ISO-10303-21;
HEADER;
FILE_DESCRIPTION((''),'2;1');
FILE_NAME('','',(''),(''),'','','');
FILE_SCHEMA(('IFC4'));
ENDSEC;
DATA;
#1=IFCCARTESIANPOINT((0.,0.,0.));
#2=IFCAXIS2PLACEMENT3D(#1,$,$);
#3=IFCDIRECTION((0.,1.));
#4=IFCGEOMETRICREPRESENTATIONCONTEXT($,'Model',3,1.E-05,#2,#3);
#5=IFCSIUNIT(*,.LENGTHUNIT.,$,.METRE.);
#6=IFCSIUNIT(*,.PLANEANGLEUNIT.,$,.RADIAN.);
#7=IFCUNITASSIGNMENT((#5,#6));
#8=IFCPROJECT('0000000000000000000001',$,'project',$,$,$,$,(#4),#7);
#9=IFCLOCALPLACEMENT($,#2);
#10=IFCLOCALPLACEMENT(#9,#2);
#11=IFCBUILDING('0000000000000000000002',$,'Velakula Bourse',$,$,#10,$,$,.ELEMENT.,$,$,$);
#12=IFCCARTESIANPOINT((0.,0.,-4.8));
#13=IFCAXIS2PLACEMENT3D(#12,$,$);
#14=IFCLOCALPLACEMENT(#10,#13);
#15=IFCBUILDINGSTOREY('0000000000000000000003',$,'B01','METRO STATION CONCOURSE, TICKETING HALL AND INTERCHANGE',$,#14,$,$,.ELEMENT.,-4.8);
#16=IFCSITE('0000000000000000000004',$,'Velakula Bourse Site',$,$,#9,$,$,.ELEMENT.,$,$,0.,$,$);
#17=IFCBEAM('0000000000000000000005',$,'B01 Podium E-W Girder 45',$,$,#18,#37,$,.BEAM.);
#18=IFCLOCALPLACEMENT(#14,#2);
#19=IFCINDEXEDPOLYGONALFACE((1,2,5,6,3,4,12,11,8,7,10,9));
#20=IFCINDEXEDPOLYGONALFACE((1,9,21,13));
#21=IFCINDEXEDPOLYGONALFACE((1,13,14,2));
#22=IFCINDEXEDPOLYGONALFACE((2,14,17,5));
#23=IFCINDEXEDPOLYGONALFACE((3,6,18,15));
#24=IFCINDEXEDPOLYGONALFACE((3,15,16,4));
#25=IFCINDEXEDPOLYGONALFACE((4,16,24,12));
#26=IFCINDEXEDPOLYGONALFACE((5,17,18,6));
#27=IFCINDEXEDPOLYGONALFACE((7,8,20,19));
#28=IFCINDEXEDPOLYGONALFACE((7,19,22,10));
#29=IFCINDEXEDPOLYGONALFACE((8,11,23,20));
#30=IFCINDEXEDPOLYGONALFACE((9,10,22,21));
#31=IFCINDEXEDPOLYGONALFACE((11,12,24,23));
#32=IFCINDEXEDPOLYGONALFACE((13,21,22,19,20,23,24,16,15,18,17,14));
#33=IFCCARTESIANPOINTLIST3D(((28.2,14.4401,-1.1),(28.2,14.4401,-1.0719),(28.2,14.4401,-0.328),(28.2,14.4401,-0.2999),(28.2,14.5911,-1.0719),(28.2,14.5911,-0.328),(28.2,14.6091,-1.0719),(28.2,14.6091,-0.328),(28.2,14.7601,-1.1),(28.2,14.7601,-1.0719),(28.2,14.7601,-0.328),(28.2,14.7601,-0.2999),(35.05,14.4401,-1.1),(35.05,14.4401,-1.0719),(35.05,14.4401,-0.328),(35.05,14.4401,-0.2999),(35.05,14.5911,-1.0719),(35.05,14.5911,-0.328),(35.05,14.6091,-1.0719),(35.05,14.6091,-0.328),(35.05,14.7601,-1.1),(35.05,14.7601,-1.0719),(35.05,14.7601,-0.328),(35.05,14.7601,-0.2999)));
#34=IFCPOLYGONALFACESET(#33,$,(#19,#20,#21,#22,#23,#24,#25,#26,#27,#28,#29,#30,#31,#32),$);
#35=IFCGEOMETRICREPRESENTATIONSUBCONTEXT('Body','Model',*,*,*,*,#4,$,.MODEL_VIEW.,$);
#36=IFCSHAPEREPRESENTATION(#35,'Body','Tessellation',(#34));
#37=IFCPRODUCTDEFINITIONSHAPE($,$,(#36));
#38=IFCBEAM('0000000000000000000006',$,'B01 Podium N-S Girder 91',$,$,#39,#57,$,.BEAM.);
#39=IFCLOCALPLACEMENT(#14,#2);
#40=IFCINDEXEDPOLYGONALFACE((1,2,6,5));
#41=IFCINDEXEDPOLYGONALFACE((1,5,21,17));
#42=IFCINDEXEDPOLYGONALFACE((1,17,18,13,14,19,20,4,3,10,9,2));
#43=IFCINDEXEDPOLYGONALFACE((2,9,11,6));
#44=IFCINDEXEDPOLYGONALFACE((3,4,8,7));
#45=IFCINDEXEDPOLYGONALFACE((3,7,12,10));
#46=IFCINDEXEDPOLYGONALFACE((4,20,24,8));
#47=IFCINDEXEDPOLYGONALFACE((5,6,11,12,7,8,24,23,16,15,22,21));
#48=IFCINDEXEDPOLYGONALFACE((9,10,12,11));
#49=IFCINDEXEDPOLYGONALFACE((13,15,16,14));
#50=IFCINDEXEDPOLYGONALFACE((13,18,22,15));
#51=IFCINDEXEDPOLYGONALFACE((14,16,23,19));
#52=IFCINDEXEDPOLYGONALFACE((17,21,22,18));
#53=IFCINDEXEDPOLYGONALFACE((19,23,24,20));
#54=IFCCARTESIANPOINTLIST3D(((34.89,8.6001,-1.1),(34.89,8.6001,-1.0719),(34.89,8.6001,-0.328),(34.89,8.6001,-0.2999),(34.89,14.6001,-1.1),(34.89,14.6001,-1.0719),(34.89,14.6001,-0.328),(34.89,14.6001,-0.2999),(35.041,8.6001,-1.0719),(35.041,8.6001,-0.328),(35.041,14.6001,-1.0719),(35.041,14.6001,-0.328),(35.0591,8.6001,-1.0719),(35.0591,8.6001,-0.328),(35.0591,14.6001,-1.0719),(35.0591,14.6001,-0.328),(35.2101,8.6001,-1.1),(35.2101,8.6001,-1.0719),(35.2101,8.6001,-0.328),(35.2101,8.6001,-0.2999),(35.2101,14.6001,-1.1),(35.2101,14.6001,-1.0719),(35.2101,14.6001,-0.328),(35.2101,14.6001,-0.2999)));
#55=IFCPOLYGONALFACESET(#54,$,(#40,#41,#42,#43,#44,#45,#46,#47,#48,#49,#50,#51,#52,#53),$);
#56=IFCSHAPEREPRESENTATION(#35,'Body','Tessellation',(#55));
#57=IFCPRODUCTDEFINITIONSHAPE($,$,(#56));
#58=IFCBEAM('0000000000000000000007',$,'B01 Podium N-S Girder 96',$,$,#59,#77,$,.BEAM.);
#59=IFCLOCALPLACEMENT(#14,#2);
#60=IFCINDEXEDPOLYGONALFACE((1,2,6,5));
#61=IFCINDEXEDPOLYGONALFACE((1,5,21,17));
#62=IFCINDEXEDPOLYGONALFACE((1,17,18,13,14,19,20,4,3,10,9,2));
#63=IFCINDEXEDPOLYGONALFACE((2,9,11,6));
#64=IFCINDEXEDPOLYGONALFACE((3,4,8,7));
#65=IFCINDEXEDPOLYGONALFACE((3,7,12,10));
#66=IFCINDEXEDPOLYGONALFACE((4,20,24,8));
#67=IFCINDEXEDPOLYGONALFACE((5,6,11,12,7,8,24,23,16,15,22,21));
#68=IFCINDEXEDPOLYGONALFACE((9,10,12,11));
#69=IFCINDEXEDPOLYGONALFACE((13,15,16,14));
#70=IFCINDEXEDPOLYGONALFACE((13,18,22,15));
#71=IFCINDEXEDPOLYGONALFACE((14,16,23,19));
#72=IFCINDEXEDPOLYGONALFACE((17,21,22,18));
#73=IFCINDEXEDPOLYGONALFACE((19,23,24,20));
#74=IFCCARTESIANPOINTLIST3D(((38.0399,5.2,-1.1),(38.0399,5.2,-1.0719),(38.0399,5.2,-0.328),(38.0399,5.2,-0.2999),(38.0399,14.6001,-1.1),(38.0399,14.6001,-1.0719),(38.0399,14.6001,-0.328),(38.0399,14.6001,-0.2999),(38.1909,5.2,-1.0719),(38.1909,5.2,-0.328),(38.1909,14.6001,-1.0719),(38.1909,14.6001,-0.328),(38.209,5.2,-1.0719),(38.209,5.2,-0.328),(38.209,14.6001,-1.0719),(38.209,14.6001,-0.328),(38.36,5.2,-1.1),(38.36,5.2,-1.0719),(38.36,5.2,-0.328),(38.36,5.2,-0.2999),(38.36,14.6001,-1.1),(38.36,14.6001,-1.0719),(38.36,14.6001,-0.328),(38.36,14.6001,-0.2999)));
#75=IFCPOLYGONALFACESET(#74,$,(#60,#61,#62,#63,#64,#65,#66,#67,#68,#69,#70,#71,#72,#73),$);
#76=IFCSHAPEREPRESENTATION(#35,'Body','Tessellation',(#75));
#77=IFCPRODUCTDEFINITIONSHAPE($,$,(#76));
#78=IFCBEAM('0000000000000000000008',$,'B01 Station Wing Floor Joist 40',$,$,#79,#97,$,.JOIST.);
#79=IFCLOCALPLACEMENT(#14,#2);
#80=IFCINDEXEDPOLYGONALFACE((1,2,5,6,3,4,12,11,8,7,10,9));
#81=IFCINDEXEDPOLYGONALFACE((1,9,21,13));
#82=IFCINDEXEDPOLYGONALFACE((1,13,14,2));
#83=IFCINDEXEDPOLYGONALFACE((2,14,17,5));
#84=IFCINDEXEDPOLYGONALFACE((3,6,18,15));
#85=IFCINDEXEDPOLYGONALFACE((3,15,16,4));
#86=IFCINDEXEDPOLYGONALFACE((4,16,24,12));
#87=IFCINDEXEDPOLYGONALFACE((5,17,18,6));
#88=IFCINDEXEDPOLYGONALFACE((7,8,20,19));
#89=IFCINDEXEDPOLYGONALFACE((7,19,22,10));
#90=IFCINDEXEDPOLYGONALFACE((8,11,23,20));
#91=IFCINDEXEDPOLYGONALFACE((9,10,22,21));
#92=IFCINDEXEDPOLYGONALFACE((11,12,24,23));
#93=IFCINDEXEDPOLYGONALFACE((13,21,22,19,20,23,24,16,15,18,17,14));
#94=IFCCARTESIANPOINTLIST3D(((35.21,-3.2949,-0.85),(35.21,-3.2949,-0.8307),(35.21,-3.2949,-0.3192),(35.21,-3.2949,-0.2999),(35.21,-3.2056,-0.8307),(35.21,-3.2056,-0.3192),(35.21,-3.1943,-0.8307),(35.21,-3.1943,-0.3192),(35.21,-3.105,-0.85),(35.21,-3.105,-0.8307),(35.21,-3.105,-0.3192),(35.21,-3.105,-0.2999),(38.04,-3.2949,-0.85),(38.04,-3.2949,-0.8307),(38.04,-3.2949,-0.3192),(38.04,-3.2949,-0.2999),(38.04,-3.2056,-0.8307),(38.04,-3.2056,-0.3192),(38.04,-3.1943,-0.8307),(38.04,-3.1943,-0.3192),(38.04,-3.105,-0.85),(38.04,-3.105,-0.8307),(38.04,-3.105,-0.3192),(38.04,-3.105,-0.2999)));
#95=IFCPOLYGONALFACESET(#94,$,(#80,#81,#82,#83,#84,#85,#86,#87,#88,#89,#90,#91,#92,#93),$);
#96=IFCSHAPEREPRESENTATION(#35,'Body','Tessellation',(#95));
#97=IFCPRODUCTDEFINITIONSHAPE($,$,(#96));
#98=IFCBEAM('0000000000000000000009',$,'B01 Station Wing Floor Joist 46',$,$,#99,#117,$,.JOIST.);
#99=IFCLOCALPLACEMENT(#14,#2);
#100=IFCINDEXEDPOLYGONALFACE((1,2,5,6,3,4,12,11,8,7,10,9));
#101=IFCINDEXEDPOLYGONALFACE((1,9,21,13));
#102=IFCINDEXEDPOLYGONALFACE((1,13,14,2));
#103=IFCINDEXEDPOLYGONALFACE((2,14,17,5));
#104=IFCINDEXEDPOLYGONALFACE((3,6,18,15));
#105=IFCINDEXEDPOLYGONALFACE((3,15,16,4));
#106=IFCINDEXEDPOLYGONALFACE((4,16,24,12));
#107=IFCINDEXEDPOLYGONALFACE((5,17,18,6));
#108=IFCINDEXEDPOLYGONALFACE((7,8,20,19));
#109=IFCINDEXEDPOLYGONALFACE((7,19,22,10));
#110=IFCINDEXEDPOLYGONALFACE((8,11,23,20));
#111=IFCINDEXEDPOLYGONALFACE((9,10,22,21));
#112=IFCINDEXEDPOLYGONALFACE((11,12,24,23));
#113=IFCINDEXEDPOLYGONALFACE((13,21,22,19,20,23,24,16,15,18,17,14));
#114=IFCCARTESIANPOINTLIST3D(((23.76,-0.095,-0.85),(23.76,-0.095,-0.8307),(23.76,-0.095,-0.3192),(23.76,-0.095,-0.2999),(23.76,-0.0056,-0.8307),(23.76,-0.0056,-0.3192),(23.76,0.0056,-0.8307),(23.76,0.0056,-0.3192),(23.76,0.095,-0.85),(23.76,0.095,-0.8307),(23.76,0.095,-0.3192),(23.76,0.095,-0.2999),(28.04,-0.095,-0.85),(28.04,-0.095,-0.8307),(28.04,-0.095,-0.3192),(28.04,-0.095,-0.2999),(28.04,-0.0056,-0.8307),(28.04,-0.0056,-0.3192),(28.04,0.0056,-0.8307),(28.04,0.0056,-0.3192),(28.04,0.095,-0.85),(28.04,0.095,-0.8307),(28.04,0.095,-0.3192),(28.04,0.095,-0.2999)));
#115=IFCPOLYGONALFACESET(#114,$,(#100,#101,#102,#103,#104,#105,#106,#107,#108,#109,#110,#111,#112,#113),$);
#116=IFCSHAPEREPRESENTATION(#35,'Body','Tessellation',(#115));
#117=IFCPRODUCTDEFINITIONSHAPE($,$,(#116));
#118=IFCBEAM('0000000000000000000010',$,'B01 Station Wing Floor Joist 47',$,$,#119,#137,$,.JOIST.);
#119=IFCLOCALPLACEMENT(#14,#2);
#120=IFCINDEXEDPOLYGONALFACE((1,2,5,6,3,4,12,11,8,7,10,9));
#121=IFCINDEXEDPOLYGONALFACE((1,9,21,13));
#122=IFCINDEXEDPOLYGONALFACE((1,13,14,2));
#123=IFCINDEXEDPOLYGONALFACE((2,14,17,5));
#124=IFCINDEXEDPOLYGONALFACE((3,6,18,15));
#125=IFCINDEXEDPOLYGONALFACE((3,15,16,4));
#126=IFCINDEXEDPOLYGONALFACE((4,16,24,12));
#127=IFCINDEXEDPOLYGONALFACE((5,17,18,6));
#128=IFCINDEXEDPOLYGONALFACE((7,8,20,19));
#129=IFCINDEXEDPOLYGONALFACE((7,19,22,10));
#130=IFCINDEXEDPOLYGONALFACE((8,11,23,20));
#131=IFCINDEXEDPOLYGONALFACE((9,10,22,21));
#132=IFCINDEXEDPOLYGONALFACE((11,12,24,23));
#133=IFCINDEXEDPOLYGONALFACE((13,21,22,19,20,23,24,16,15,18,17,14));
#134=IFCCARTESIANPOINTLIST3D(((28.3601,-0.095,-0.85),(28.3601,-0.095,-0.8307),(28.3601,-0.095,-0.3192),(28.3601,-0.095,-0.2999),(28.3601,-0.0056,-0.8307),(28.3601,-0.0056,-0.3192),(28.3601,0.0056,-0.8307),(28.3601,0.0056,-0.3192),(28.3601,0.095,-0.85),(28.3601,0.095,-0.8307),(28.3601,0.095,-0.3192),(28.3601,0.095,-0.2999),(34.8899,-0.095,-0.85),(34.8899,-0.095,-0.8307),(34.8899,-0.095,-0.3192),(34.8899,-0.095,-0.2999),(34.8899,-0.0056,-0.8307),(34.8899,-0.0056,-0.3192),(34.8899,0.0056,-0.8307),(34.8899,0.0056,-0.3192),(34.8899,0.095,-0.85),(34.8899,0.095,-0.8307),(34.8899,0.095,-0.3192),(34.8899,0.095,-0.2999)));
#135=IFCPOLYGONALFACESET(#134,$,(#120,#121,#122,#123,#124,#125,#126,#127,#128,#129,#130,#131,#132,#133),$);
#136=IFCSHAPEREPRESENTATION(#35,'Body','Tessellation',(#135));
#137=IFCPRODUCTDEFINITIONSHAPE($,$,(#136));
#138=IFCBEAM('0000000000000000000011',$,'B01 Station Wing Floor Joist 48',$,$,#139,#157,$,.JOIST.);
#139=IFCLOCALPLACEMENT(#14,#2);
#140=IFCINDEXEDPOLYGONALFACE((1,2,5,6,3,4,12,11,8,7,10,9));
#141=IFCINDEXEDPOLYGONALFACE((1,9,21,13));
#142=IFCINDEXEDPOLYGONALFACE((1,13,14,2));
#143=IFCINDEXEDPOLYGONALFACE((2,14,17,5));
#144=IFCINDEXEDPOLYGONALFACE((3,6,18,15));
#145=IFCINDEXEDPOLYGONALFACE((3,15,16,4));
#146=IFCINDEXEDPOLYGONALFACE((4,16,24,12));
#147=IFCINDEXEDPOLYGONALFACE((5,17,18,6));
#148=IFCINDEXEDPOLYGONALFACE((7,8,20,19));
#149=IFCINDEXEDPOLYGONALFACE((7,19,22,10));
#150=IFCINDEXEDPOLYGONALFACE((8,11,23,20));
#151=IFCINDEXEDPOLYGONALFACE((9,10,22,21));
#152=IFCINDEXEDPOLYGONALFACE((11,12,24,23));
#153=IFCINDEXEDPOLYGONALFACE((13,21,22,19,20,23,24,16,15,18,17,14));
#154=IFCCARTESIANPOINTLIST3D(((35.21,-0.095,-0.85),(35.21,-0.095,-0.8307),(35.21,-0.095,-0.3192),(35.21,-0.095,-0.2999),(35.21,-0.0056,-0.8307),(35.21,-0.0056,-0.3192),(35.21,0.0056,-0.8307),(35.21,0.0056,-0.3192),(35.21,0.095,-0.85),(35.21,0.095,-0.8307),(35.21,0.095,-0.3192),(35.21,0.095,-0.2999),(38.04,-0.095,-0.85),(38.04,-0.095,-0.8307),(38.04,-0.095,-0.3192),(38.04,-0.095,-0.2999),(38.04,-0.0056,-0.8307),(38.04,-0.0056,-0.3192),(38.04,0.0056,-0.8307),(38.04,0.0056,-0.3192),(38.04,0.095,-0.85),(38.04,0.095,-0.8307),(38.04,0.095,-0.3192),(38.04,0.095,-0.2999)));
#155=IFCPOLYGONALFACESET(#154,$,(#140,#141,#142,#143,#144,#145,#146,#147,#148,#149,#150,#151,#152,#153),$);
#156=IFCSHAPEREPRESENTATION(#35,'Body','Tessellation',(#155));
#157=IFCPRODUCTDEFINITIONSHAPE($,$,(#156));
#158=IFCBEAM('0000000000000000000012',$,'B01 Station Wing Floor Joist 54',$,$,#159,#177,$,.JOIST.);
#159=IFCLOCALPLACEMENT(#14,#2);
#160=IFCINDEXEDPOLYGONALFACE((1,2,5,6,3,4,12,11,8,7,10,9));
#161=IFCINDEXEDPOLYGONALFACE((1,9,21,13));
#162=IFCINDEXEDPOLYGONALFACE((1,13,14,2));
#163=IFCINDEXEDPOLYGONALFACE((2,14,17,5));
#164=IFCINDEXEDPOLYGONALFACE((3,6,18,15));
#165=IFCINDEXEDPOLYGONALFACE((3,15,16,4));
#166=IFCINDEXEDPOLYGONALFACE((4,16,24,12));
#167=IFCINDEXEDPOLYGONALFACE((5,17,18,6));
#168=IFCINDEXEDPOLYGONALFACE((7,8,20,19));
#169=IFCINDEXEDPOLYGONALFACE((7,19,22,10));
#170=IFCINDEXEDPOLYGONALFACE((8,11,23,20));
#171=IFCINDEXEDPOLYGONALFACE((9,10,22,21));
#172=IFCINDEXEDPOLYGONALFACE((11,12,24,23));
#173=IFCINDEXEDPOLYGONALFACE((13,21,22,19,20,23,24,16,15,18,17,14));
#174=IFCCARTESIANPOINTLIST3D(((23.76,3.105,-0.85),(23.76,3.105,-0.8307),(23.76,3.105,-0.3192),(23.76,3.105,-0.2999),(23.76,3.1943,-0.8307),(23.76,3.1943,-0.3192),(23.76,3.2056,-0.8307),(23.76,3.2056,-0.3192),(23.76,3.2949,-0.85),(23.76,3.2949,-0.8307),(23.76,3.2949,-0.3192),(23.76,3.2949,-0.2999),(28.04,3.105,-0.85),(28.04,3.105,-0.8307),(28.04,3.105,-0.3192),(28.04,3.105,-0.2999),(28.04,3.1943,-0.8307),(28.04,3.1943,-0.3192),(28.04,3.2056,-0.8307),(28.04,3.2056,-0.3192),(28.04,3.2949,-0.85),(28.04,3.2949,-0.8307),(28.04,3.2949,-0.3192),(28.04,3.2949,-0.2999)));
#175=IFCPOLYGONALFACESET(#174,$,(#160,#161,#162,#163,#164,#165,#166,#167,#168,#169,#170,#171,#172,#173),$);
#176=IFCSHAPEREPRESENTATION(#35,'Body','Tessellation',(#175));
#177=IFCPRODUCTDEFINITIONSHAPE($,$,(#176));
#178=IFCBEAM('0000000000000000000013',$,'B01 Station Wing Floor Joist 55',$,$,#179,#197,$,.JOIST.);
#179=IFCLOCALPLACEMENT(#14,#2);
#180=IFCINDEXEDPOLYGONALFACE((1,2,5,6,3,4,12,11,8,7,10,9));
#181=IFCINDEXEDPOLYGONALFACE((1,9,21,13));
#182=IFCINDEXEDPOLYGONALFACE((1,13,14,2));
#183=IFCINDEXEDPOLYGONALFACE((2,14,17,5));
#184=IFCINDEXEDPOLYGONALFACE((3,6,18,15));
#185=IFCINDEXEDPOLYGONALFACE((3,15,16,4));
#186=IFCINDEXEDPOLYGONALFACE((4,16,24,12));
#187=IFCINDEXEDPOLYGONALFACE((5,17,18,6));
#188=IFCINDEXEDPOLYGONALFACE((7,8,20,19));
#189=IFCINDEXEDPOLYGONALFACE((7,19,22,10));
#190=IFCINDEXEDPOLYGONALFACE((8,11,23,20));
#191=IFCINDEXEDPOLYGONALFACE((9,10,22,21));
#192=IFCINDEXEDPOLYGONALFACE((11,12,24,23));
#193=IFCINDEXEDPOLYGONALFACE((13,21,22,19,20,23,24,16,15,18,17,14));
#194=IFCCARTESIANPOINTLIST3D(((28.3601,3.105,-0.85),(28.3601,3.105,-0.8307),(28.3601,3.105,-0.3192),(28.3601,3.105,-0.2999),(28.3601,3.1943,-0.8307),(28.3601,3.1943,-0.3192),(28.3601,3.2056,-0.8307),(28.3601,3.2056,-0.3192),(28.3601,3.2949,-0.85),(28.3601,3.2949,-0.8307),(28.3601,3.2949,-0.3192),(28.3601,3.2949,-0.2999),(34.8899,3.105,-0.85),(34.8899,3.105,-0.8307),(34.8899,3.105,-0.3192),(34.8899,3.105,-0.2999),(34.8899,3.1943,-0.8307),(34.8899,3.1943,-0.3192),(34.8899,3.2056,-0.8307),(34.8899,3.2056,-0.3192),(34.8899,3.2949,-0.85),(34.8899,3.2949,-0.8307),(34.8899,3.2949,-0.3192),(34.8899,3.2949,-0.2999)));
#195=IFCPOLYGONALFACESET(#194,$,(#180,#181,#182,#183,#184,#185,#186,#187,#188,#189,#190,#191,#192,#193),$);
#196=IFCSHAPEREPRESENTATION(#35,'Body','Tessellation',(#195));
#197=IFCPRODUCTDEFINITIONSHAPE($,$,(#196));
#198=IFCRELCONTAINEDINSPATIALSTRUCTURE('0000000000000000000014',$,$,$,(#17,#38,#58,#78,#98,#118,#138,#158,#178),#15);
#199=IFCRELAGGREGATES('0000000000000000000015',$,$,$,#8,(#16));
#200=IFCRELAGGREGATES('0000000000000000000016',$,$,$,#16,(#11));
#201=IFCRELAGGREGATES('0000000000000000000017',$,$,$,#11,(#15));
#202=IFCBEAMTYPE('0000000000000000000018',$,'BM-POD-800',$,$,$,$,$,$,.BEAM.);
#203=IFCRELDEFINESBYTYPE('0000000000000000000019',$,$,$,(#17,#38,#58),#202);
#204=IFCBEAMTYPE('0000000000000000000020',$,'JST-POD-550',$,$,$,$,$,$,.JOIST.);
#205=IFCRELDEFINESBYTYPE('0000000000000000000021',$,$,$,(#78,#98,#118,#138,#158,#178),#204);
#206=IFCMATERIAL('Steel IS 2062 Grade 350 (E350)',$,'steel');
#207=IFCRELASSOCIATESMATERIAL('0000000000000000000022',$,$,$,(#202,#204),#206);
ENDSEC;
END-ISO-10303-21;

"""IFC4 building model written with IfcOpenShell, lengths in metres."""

from ifc_helpers import new_model, si_unit, direction, frame, origin, origin_2d, place, context, subcontext, project, spatial, i_section, extrude, material, material_profile, profile_set, type_object, element, save


model = new_model("IFC4")

# Units and contexts
model_context = context("Model", 3, precision=1e-05, world=origin(), true_north=direction((0.0, 1.0)))
body_context = subcontext(model_context, "Body", "Model", "MODEL_VIEW")
ifc_project = project(units=[si_unit("LENGTHUNIT", "METRE"), si_unit("PLANEANGLEUNIT", "RADIAN")], contexts=[model_context])

# Site, building, storey
site_placement = place(None, origin())
site = spatial("IfcSite", under=ifc_project, at=site_placement, Name="Velakula Bourse Site", CompositionType="ELEMENT", RefElevation=0.0)
building_placement = place(site_placement, origin())
building = spatial("IfcBuilding", under=site, at=building_placement, Name="Velakula Bourse", CompositionType="ELEMENT")
storey_placement = place(building_placement, frame((0.0, 0.0, -4.8)))
storey = spatial("IfcBuildingStorey", under=building, at=storey_placement, Name="B01", Description="METRO STATION CONCOURSE, TICKETING HALL AND INTERCHANGE", CompositionType="ELEMENT", Elevation=-4.8)

# Beams
ifc_material_1 = material(Name="Steel IS 2062 Grade 350 (E350)", Category="steel")
ifc_material_profile_1 = material_profile(ifc_material_1, i_section(OverallWidth=0.3201, OverallDepth=0.8, WebThickness=0.0181, FlangeThickness=0.0281, at=origin_2d()), Name="Steel IS 2062 Grade 350 (E350)")
ifc_profile_set_1 = profile_set([ifc_material_profile_1], Name="Steel IS 2062 Grade 350 (E350)")
beam_type_1 = type_object("IfcBeamType", Name="BM-POD-800", PredefinedType="BEAM", material=ifc_profile_set_1)
beam_1_placement = place(storey_placement, frame((28.2, 14.6001, -0.7), z_axis=(1.0, 0.0, 0.0), x_axis=(0.0, 1.0, 0.0)))
element("IfcBeam", 1, at=beam_1_placement, inside=storey, type_object=beam_type_1, Name="B01 Podium E-W Girder 45", PredefinedType="BEAM", context=body_context, shape_type="SweptSolid", body=[
    extrude(i_section(OverallWidth=0.3201, OverallDepth=0.8, WebThickness=0.0181, FlangeThickness=0.0281, at=origin_2d()), origin(), (0.0, 0.0, 1.0), 6.8501),
])
beam_2_placement = place(storey_placement, frame((35.05, 8.6001, -0.7), z_axis=(0.0, 1.0, 0.0), x_axis=(-1.0, 0.0, 0.0)))
element("IfcBeam", 2, at=beam_2_placement, inside=storey, type_object=beam_type_1, Name="B01 Podium N-S Girder 91", PredefinedType="BEAM", context=body_context, shape_type="SweptSolid", body=[
    extrude(i_section(OverallWidth=0.3201, OverallDepth=0.8, WebThickness=0.0181, FlangeThickness=0.0281, at=origin_2d()), origin(), (0.0, 0.0, 1.0), 6.0),
])
beam_3_placement = place(storey_placement, frame((38.2, 5.2, -0.7), z_axis=(0.0, 1.0, 0.0), x_axis=(-1.0, 0.0, 0.0)))
element("IfcBeam", 3, at=beam_3_placement, inside=storey, type_object=beam_type_1, Name="B01 Podium N-S Girder 96", PredefinedType="BEAM", context=body_context, shape_type="SweptSolid", body=[
    extrude(i_section(OverallWidth=0.3201, OverallDepth=0.8, WebThickness=0.0181, FlangeThickness=0.0281, at=origin_2d()), origin(), (0.0, 0.0, 1.0), 9.4001),
])
ifc_material_profile_2 = material_profile(ifc_material_1, i_section(OverallWidth=0.1899, OverallDepth=0.55, WebThickness=0.0112, FlangeThickness=0.0193, at=origin_2d()), Name="Steel IS 2062 Grade 350 (E350)")
ifc_profile_set_2 = profile_set([ifc_material_profile_2], Name="Steel IS 2062 Grade 350 (E350)")
beam_type_2 = type_object("IfcBeamType", Name="JST-POD-550", PredefinedType="JOIST", material=ifc_profile_set_2)
beam_4_placement = place(storey_placement, frame((35.21, -3.2, -0.575), z_axis=(1.0, 0.0, 0.0), x_axis=(0.0, 1.0, 0.0)))
element("IfcBeam", 4, at=beam_4_placement, inside=storey, type_object=beam_type_2, Name="B01 Station Wing Floor Joist 40", PredefinedType="JOIST", context=body_context, shape_type="SweptSolid", body=[
    extrude(i_section(OverallWidth=0.1899, OverallDepth=0.55, WebThickness=0.0112, FlangeThickness=0.0193, at=origin_2d()), origin(), (0.0, 0.0, 1.0), 2.8301),
])
beam_5_placement = place(storey_placement, frame((23.76, 0.0, -0.575), z_axis=(1.0, 0.0, 0.0), x_axis=(0.0, 1.0, 0.0)))
element("IfcBeam", 5, at=beam_5_placement, inside=storey, type_object=beam_type_2, Name="B01 Station Wing Floor Joist 46", PredefinedType="JOIST", context=body_context, shape_type="SweptSolid", body=[
    extrude(i_section(OverallWidth=0.1899, OverallDepth=0.55, WebThickness=0.0112, FlangeThickness=0.0193, at=origin_2d()), origin(), (0.0, 0.0, 1.0), 4.28),
])
beam_6_placement = place(storey_placement, frame((28.3601, 0.0, -0.575), z_axis=(1.0, 0.0, 0.0), x_axis=(0.0, 1.0, 0.0)))
element("IfcBeam", 6, at=beam_6_placement, inside=storey, type_object=beam_type_2, Name="B01 Station Wing Floor Joist 47", PredefinedType="JOIST", context=body_context, shape_type="SweptSolid", body=[
    extrude(i_section(OverallWidth=0.1899, OverallDepth=0.55, WebThickness=0.0112, FlangeThickness=0.0193, at=origin_2d()), origin(), (0.0, 0.0, 1.0), 6.5298),
])
beam_7_placement = place(storey_placement, frame((35.21, 0.0, -0.575), z_axis=(1.0, 0.0, 0.0), x_axis=(0.0, 1.0, 0.0)))
element("IfcBeam", 7, at=beam_7_placement, inside=storey, type_object=beam_type_2, Name="B01 Station Wing Floor Joist 48", PredefinedType="JOIST", context=body_context, shape_type="SweptSolid", body=[
    extrude(i_section(OverallWidth=0.1899, OverallDepth=0.55, WebThickness=0.0112, FlangeThickness=0.0193, at=origin_2d()), origin(), (0.0, 0.0, 1.0), 2.8301),
])
beam_8_placement = place(storey_placement, frame((23.76, 3.2, -0.575), z_axis=(1.0, 0.0, 0.0), x_axis=(0.0, 1.0, 0.0)))
element("IfcBeam", 8, at=beam_8_placement, inside=storey, type_object=beam_type_2, Name="B01 Station Wing Floor Joist 54", PredefinedType="JOIST", context=body_context, shape_type="SweptSolid", body=[
    extrude(i_section(OverallWidth=0.1899, OverallDepth=0.55, WebThickness=0.0112, FlangeThickness=0.0193, at=origin_2d()), origin(), (0.0, 0.0, 1.0), 4.28),
])
beam_9_placement = place(storey_placement, frame((28.3601, 3.2, -0.575), z_axis=(1.0, 0.0, 0.0), x_axis=(0.0, 1.0, 0.0)))
element("IfcBeam", 9, at=beam_9_placement, inside=storey, type_object=beam_type_2, Name="B01 Station Wing Floor Joist 55", PredefinedType="JOIST", context=body_context, shape_type="SweptSolid", body=[
    extrude(i_section(OverallWidth=0.1899, OverallDepth=0.55, WebThickness=0.0112, FlangeThickness=0.0193, at=origin_2d()), origin(), (0.0, 0.0, 1.0), 6.5298),
])

save(model, "model.ifc")
